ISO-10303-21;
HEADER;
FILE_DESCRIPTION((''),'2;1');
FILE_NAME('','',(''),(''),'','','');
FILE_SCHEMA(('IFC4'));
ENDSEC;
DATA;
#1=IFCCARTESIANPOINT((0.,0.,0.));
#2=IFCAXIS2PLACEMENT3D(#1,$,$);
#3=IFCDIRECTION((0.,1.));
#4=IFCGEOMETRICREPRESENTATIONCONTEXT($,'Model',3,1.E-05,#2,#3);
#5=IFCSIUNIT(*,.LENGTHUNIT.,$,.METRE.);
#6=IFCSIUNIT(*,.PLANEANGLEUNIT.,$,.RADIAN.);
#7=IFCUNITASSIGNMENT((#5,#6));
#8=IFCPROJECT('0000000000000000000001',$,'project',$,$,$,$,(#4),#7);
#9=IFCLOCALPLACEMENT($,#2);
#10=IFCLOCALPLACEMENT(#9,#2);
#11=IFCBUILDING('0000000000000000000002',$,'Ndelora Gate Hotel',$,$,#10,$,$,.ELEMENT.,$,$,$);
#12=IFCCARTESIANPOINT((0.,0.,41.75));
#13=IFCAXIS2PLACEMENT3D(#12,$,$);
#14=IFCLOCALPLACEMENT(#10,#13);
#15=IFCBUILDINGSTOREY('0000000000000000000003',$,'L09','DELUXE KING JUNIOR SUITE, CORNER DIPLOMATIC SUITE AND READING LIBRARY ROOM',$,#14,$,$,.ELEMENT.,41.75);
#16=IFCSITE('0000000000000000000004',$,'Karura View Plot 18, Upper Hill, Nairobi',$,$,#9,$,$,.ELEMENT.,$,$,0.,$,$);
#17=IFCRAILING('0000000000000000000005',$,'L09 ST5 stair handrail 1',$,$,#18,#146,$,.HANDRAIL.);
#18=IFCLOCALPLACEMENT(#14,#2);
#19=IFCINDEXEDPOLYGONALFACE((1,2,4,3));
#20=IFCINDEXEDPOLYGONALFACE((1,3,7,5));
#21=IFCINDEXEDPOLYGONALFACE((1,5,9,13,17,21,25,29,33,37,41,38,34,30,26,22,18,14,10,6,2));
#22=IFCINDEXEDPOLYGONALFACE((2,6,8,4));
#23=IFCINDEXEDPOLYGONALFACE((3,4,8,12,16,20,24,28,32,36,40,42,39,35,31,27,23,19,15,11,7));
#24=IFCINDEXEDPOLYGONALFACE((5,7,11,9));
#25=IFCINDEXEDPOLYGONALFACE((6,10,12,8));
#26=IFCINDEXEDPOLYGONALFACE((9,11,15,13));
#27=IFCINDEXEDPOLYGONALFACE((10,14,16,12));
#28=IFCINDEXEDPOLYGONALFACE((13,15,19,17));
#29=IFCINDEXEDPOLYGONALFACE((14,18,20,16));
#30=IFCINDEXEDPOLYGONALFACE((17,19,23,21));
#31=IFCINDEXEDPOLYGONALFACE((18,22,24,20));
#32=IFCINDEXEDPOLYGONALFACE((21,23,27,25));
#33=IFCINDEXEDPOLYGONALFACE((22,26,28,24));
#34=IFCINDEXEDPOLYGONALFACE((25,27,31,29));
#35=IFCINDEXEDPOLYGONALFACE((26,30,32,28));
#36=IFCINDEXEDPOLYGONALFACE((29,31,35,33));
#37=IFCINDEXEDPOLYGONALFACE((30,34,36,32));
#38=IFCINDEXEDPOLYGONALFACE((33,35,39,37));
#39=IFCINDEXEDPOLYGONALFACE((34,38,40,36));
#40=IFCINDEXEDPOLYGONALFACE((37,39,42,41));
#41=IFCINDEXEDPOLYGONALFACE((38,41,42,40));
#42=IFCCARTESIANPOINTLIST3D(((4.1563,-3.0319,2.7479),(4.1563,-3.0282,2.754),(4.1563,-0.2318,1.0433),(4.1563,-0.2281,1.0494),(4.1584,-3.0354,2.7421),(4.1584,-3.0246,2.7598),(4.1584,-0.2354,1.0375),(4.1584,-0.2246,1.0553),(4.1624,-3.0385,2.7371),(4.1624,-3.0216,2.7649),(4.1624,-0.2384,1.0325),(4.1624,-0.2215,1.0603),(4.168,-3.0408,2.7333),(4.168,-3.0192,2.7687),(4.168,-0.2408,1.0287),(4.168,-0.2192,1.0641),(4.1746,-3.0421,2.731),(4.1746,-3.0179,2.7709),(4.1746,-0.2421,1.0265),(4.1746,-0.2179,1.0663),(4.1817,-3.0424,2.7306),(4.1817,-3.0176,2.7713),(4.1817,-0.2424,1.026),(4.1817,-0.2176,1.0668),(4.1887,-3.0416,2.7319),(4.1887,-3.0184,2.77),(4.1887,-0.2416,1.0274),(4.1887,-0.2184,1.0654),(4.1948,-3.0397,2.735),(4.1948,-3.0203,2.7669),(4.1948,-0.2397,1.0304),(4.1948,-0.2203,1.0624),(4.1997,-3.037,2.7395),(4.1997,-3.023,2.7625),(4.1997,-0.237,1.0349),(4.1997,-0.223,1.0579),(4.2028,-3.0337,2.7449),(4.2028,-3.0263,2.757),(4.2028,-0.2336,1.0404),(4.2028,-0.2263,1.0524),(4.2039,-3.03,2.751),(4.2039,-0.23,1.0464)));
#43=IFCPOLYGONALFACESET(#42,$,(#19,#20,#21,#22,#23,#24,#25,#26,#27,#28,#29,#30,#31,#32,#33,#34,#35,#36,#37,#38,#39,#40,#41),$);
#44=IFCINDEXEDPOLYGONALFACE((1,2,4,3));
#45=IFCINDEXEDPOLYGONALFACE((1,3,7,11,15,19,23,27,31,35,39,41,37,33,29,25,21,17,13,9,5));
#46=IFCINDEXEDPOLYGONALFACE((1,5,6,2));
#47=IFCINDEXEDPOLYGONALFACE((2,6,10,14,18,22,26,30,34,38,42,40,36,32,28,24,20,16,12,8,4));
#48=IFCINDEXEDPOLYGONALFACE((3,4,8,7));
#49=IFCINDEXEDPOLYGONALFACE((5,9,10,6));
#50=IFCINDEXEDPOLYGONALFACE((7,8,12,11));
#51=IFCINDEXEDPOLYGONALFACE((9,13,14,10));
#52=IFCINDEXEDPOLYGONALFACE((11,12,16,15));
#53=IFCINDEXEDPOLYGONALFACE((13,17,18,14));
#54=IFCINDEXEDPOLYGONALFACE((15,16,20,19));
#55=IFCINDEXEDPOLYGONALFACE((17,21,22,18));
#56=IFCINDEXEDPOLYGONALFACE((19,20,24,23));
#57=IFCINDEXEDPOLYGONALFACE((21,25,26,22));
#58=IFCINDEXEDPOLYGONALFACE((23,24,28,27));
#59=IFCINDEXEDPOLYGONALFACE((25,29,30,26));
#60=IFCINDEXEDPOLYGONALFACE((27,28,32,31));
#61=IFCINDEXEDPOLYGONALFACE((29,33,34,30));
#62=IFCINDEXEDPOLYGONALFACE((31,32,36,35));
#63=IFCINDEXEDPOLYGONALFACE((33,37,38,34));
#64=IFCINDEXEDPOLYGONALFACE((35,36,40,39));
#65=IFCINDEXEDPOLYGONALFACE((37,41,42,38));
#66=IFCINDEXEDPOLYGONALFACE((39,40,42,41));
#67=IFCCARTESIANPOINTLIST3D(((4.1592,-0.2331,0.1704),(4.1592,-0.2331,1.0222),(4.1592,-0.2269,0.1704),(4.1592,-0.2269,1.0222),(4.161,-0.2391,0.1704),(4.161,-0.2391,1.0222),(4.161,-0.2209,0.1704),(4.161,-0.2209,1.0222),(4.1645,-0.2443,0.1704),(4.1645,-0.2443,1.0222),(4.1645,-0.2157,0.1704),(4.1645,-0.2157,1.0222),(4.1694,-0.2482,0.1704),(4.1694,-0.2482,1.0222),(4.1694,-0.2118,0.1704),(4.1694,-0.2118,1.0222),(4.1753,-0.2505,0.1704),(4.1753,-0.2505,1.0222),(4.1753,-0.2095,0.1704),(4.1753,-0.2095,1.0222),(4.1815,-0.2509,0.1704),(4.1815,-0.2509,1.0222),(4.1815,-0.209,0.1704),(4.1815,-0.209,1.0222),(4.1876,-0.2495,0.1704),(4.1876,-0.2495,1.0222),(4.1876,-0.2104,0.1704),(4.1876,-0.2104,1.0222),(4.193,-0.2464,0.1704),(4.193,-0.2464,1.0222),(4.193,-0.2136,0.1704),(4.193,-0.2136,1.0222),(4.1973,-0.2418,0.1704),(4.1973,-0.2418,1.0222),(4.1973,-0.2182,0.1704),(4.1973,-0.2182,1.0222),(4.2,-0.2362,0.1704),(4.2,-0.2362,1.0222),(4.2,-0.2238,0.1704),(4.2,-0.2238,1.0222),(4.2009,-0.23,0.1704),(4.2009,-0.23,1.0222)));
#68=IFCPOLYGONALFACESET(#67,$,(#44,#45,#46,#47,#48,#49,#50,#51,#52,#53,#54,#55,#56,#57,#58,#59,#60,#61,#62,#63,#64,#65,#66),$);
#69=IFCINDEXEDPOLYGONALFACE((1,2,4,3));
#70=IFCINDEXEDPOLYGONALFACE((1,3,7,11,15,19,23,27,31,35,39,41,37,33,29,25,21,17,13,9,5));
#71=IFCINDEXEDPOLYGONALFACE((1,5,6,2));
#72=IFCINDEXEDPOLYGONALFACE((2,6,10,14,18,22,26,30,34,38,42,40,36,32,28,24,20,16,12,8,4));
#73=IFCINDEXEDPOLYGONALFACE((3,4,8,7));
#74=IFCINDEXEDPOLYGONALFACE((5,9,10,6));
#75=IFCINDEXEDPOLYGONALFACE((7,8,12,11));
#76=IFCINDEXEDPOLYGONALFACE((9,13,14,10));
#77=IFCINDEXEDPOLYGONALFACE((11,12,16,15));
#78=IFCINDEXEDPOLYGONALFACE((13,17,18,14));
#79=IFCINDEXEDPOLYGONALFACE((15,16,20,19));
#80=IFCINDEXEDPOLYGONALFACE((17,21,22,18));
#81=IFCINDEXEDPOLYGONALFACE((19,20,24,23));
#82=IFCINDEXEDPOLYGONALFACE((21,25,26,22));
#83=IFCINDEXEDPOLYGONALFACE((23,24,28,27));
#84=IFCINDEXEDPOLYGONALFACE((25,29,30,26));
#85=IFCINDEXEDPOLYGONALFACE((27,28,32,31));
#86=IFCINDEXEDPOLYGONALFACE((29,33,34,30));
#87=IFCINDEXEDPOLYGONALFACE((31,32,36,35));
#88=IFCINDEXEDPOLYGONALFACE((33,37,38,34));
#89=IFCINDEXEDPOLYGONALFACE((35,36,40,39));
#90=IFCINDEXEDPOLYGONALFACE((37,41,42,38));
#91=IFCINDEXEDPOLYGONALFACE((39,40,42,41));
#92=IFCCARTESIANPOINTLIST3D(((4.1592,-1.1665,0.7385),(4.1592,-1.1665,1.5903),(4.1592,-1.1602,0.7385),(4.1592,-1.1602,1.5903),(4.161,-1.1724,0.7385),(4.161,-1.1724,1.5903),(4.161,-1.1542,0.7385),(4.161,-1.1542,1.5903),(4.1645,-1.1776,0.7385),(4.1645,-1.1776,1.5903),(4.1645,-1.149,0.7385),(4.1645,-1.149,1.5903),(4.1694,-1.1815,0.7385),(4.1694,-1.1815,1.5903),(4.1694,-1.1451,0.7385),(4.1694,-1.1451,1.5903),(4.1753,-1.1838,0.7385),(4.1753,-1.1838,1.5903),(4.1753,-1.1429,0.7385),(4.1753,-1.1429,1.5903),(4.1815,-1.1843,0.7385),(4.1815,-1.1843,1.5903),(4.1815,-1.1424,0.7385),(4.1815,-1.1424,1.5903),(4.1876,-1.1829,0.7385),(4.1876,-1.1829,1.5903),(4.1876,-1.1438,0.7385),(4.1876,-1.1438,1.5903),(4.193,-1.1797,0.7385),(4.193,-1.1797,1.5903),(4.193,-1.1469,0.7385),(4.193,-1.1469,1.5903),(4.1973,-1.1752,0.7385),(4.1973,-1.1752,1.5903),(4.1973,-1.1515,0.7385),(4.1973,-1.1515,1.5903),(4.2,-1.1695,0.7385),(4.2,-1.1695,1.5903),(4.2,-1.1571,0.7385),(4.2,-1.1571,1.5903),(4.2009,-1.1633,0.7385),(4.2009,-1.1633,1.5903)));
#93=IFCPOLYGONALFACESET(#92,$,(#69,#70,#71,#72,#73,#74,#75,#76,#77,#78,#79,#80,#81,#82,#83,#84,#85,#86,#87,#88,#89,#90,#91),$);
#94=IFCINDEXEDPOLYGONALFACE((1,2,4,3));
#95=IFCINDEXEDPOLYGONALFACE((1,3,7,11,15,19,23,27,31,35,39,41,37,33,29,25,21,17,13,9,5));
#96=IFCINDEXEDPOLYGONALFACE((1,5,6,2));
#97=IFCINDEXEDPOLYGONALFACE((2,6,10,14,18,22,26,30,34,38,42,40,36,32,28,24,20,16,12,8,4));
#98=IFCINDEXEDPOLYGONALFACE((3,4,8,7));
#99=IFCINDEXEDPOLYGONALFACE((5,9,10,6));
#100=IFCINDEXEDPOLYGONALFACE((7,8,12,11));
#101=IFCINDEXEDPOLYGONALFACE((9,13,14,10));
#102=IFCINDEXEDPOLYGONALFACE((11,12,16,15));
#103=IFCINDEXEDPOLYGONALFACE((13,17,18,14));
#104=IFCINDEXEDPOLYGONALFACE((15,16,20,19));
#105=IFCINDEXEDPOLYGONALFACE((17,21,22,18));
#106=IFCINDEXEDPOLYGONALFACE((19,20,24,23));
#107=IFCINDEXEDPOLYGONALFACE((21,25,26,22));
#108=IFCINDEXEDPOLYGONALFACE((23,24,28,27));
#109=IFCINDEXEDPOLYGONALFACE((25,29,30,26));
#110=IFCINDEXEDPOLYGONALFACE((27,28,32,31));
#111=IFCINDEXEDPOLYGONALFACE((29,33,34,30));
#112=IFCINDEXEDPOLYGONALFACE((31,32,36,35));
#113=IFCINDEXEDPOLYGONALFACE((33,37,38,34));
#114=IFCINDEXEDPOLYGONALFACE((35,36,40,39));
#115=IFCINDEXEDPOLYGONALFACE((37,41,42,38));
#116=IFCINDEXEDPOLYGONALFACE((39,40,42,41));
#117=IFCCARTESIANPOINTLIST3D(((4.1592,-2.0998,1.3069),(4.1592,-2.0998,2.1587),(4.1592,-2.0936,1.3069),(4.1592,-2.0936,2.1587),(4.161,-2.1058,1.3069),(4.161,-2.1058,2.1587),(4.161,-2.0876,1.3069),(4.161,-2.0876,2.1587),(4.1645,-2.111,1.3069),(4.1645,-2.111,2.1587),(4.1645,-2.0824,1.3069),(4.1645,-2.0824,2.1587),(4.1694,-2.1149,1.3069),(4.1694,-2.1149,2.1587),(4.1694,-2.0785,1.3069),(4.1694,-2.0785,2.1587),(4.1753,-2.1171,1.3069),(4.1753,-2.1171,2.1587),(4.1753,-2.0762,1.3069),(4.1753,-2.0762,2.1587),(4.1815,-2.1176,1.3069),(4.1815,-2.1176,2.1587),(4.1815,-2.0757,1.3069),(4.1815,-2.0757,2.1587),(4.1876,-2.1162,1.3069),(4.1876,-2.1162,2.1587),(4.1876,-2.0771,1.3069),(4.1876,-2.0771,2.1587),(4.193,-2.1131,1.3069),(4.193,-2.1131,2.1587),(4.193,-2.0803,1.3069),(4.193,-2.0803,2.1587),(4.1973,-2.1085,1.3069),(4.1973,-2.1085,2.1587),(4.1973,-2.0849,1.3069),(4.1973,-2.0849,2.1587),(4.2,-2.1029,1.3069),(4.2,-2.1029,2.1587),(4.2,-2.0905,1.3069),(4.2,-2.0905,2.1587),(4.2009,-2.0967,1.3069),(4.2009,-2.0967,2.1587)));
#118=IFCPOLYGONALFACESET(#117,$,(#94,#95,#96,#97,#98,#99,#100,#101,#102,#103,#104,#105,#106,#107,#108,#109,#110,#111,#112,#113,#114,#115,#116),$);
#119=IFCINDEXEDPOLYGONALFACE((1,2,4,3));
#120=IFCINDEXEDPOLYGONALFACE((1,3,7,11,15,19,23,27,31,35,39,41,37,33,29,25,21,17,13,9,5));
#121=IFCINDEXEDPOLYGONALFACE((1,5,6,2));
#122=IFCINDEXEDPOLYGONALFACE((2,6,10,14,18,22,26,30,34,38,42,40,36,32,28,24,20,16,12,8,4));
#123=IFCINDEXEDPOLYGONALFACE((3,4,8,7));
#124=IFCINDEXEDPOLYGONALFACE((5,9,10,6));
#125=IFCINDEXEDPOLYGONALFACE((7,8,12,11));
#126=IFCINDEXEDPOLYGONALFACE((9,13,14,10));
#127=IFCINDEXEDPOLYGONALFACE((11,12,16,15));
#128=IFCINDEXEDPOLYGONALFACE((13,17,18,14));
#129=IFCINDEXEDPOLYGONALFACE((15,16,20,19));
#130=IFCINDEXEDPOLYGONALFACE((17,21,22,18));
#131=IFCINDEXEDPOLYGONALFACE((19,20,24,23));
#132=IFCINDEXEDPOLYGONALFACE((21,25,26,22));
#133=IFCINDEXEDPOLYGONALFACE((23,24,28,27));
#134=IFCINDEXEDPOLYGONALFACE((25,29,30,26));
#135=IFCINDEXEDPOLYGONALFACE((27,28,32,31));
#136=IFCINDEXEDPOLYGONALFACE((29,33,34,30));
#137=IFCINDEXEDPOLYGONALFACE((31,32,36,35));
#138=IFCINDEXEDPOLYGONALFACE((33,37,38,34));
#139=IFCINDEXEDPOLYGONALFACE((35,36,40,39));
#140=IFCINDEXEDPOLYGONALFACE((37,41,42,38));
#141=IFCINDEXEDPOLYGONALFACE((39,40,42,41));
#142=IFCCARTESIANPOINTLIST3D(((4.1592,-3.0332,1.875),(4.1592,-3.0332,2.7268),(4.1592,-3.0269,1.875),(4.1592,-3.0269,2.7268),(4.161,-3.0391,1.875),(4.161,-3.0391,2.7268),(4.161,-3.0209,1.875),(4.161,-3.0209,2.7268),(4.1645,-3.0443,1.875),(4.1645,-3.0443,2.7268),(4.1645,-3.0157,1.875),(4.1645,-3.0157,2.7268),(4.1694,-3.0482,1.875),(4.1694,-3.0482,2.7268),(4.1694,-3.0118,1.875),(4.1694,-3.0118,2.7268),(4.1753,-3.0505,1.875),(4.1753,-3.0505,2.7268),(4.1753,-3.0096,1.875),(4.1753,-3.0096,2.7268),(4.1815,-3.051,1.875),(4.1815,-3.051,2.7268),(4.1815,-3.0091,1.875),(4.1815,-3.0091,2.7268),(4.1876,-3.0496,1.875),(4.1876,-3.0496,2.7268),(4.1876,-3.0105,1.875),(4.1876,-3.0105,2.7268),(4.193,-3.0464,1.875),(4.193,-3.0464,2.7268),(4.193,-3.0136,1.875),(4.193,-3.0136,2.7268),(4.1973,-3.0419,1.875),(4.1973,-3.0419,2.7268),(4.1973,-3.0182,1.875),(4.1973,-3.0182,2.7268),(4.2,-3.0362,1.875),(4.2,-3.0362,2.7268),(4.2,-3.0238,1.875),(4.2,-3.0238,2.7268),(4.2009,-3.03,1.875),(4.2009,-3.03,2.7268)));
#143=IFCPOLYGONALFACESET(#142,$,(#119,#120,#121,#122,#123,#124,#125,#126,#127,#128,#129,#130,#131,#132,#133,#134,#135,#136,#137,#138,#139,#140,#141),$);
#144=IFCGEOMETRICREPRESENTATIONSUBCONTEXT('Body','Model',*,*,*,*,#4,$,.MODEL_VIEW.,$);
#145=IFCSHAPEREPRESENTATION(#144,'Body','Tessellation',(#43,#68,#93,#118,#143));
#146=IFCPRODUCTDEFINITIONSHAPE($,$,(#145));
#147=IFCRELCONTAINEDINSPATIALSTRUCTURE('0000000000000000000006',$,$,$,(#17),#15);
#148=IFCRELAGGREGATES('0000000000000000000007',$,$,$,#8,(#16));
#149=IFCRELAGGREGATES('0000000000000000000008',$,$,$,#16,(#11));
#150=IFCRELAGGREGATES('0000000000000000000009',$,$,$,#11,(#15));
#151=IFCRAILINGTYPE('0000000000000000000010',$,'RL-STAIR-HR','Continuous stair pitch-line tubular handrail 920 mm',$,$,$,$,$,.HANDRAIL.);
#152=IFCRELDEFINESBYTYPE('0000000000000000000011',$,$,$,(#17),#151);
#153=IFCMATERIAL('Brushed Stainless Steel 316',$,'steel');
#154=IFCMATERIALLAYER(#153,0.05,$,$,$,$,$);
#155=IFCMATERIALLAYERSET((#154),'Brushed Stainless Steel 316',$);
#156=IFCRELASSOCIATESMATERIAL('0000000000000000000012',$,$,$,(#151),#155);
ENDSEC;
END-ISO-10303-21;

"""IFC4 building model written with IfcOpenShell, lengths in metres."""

from ifc_helpers import new_model, si_unit, direction, frame, origin, origin_2d, place, context, subcontext, project, spatial, circle, extrude, material, layer, layer_set, type_object, element, save


model = new_model("IFC4")

# Units and contexts
model_context = context("Model", 3, precision=1e-05, world=origin(), true_north=direction((0.0, 1.0)))
body_context = subcontext(model_context, "Body", "Model", "MODEL_VIEW")
ifc_project = project(units=[si_unit("LENGTHUNIT", "METRE"), si_unit("PLANEANGLEUNIT", "RADIAN")], contexts=[model_context])

# Site, building, storey
site_placement = place(None, origin())
site = spatial("IfcSite", under=ifc_project, at=site_placement, Name="Karura View Plot 18, Upper Hill, Nairobi", CompositionType="ELEMENT", RefElevation=0.0)
building_placement = place(site_placement, origin())
building = spatial("IfcBuilding", under=site, at=building_placement, Name="Ndelora Gate Hotel", CompositionType="ELEMENT")
storey_placement = place(building_placement, frame((0.0, 0.0, 41.75)))
storey = spatial("IfcBuildingStorey", under=building, at=storey_placement, Name="L09", Description="DELUXE KING JUNIOR SUITE, CORNER DIPLOMATIC SUITE AND READING LIBRARY ROOM", CompositionType="ELEMENT", Elevation=41.75)

# Railing
ifc_material_1 = material(Name="Brushed Stainless Steel 316", Category="steel")
ifc_layer_1 = layer(ifc_material_1, 0.05)
ifc_layer_set_1 = layer_set([ifc_layer_1], Name="Brushed Stainless Steel 316")
railing_type_1 = type_object("IfcRailingType", Name="RL-STAIR-HR", Description="Continuous stair pitch-line tubular handrail 920 mm", PredefinedType="HANDRAIL", material=ifc_layer_set_1)
railing_1_placement = place(storey_placement, frame((4.1799, -0.23, 0.1704)))
element("IfcRailing", 1, at=railing_1_placement, inside=storey, type_object=railing_type_1, Name="L09 ST5 stair handrail 1", PredefinedType="HANDRAIL", context=body_context, shape_type="SweptSolid", body=[
    extrude(circle(Radius=0.0239, at=origin_2d()), frame((0.0, 0.0, 0.876), z_axis=(0.0, -0.85417, 0.519994), x_axis=(1.0, 0.0, 0.0)), (0.0, 0.0, 1.0), 3.2781),
    extrude(circle(Radius=0.021, at=origin_2d()), origin(), (0.0, 0.0, 1.0), 0.8518),
    extrude(circle(Radius=0.021, at=origin_2d()), frame((0.0, -0.9333, 0.5681)), (0.0, 0.0, 1.0), 0.8518),
    extrude(circle(Radius=0.021, at=origin_2d()), frame((0.0, -1.8667, 1.1365)), (0.0, 0.0, 1.0), 0.8518),
    extrude(circle(Radius=0.021, at=origin_2d()), frame((0.0, -2.8, 1.7046)), (0.0, 0.0, 1.0), 0.8518),
])

save(model, "model.ifc")
